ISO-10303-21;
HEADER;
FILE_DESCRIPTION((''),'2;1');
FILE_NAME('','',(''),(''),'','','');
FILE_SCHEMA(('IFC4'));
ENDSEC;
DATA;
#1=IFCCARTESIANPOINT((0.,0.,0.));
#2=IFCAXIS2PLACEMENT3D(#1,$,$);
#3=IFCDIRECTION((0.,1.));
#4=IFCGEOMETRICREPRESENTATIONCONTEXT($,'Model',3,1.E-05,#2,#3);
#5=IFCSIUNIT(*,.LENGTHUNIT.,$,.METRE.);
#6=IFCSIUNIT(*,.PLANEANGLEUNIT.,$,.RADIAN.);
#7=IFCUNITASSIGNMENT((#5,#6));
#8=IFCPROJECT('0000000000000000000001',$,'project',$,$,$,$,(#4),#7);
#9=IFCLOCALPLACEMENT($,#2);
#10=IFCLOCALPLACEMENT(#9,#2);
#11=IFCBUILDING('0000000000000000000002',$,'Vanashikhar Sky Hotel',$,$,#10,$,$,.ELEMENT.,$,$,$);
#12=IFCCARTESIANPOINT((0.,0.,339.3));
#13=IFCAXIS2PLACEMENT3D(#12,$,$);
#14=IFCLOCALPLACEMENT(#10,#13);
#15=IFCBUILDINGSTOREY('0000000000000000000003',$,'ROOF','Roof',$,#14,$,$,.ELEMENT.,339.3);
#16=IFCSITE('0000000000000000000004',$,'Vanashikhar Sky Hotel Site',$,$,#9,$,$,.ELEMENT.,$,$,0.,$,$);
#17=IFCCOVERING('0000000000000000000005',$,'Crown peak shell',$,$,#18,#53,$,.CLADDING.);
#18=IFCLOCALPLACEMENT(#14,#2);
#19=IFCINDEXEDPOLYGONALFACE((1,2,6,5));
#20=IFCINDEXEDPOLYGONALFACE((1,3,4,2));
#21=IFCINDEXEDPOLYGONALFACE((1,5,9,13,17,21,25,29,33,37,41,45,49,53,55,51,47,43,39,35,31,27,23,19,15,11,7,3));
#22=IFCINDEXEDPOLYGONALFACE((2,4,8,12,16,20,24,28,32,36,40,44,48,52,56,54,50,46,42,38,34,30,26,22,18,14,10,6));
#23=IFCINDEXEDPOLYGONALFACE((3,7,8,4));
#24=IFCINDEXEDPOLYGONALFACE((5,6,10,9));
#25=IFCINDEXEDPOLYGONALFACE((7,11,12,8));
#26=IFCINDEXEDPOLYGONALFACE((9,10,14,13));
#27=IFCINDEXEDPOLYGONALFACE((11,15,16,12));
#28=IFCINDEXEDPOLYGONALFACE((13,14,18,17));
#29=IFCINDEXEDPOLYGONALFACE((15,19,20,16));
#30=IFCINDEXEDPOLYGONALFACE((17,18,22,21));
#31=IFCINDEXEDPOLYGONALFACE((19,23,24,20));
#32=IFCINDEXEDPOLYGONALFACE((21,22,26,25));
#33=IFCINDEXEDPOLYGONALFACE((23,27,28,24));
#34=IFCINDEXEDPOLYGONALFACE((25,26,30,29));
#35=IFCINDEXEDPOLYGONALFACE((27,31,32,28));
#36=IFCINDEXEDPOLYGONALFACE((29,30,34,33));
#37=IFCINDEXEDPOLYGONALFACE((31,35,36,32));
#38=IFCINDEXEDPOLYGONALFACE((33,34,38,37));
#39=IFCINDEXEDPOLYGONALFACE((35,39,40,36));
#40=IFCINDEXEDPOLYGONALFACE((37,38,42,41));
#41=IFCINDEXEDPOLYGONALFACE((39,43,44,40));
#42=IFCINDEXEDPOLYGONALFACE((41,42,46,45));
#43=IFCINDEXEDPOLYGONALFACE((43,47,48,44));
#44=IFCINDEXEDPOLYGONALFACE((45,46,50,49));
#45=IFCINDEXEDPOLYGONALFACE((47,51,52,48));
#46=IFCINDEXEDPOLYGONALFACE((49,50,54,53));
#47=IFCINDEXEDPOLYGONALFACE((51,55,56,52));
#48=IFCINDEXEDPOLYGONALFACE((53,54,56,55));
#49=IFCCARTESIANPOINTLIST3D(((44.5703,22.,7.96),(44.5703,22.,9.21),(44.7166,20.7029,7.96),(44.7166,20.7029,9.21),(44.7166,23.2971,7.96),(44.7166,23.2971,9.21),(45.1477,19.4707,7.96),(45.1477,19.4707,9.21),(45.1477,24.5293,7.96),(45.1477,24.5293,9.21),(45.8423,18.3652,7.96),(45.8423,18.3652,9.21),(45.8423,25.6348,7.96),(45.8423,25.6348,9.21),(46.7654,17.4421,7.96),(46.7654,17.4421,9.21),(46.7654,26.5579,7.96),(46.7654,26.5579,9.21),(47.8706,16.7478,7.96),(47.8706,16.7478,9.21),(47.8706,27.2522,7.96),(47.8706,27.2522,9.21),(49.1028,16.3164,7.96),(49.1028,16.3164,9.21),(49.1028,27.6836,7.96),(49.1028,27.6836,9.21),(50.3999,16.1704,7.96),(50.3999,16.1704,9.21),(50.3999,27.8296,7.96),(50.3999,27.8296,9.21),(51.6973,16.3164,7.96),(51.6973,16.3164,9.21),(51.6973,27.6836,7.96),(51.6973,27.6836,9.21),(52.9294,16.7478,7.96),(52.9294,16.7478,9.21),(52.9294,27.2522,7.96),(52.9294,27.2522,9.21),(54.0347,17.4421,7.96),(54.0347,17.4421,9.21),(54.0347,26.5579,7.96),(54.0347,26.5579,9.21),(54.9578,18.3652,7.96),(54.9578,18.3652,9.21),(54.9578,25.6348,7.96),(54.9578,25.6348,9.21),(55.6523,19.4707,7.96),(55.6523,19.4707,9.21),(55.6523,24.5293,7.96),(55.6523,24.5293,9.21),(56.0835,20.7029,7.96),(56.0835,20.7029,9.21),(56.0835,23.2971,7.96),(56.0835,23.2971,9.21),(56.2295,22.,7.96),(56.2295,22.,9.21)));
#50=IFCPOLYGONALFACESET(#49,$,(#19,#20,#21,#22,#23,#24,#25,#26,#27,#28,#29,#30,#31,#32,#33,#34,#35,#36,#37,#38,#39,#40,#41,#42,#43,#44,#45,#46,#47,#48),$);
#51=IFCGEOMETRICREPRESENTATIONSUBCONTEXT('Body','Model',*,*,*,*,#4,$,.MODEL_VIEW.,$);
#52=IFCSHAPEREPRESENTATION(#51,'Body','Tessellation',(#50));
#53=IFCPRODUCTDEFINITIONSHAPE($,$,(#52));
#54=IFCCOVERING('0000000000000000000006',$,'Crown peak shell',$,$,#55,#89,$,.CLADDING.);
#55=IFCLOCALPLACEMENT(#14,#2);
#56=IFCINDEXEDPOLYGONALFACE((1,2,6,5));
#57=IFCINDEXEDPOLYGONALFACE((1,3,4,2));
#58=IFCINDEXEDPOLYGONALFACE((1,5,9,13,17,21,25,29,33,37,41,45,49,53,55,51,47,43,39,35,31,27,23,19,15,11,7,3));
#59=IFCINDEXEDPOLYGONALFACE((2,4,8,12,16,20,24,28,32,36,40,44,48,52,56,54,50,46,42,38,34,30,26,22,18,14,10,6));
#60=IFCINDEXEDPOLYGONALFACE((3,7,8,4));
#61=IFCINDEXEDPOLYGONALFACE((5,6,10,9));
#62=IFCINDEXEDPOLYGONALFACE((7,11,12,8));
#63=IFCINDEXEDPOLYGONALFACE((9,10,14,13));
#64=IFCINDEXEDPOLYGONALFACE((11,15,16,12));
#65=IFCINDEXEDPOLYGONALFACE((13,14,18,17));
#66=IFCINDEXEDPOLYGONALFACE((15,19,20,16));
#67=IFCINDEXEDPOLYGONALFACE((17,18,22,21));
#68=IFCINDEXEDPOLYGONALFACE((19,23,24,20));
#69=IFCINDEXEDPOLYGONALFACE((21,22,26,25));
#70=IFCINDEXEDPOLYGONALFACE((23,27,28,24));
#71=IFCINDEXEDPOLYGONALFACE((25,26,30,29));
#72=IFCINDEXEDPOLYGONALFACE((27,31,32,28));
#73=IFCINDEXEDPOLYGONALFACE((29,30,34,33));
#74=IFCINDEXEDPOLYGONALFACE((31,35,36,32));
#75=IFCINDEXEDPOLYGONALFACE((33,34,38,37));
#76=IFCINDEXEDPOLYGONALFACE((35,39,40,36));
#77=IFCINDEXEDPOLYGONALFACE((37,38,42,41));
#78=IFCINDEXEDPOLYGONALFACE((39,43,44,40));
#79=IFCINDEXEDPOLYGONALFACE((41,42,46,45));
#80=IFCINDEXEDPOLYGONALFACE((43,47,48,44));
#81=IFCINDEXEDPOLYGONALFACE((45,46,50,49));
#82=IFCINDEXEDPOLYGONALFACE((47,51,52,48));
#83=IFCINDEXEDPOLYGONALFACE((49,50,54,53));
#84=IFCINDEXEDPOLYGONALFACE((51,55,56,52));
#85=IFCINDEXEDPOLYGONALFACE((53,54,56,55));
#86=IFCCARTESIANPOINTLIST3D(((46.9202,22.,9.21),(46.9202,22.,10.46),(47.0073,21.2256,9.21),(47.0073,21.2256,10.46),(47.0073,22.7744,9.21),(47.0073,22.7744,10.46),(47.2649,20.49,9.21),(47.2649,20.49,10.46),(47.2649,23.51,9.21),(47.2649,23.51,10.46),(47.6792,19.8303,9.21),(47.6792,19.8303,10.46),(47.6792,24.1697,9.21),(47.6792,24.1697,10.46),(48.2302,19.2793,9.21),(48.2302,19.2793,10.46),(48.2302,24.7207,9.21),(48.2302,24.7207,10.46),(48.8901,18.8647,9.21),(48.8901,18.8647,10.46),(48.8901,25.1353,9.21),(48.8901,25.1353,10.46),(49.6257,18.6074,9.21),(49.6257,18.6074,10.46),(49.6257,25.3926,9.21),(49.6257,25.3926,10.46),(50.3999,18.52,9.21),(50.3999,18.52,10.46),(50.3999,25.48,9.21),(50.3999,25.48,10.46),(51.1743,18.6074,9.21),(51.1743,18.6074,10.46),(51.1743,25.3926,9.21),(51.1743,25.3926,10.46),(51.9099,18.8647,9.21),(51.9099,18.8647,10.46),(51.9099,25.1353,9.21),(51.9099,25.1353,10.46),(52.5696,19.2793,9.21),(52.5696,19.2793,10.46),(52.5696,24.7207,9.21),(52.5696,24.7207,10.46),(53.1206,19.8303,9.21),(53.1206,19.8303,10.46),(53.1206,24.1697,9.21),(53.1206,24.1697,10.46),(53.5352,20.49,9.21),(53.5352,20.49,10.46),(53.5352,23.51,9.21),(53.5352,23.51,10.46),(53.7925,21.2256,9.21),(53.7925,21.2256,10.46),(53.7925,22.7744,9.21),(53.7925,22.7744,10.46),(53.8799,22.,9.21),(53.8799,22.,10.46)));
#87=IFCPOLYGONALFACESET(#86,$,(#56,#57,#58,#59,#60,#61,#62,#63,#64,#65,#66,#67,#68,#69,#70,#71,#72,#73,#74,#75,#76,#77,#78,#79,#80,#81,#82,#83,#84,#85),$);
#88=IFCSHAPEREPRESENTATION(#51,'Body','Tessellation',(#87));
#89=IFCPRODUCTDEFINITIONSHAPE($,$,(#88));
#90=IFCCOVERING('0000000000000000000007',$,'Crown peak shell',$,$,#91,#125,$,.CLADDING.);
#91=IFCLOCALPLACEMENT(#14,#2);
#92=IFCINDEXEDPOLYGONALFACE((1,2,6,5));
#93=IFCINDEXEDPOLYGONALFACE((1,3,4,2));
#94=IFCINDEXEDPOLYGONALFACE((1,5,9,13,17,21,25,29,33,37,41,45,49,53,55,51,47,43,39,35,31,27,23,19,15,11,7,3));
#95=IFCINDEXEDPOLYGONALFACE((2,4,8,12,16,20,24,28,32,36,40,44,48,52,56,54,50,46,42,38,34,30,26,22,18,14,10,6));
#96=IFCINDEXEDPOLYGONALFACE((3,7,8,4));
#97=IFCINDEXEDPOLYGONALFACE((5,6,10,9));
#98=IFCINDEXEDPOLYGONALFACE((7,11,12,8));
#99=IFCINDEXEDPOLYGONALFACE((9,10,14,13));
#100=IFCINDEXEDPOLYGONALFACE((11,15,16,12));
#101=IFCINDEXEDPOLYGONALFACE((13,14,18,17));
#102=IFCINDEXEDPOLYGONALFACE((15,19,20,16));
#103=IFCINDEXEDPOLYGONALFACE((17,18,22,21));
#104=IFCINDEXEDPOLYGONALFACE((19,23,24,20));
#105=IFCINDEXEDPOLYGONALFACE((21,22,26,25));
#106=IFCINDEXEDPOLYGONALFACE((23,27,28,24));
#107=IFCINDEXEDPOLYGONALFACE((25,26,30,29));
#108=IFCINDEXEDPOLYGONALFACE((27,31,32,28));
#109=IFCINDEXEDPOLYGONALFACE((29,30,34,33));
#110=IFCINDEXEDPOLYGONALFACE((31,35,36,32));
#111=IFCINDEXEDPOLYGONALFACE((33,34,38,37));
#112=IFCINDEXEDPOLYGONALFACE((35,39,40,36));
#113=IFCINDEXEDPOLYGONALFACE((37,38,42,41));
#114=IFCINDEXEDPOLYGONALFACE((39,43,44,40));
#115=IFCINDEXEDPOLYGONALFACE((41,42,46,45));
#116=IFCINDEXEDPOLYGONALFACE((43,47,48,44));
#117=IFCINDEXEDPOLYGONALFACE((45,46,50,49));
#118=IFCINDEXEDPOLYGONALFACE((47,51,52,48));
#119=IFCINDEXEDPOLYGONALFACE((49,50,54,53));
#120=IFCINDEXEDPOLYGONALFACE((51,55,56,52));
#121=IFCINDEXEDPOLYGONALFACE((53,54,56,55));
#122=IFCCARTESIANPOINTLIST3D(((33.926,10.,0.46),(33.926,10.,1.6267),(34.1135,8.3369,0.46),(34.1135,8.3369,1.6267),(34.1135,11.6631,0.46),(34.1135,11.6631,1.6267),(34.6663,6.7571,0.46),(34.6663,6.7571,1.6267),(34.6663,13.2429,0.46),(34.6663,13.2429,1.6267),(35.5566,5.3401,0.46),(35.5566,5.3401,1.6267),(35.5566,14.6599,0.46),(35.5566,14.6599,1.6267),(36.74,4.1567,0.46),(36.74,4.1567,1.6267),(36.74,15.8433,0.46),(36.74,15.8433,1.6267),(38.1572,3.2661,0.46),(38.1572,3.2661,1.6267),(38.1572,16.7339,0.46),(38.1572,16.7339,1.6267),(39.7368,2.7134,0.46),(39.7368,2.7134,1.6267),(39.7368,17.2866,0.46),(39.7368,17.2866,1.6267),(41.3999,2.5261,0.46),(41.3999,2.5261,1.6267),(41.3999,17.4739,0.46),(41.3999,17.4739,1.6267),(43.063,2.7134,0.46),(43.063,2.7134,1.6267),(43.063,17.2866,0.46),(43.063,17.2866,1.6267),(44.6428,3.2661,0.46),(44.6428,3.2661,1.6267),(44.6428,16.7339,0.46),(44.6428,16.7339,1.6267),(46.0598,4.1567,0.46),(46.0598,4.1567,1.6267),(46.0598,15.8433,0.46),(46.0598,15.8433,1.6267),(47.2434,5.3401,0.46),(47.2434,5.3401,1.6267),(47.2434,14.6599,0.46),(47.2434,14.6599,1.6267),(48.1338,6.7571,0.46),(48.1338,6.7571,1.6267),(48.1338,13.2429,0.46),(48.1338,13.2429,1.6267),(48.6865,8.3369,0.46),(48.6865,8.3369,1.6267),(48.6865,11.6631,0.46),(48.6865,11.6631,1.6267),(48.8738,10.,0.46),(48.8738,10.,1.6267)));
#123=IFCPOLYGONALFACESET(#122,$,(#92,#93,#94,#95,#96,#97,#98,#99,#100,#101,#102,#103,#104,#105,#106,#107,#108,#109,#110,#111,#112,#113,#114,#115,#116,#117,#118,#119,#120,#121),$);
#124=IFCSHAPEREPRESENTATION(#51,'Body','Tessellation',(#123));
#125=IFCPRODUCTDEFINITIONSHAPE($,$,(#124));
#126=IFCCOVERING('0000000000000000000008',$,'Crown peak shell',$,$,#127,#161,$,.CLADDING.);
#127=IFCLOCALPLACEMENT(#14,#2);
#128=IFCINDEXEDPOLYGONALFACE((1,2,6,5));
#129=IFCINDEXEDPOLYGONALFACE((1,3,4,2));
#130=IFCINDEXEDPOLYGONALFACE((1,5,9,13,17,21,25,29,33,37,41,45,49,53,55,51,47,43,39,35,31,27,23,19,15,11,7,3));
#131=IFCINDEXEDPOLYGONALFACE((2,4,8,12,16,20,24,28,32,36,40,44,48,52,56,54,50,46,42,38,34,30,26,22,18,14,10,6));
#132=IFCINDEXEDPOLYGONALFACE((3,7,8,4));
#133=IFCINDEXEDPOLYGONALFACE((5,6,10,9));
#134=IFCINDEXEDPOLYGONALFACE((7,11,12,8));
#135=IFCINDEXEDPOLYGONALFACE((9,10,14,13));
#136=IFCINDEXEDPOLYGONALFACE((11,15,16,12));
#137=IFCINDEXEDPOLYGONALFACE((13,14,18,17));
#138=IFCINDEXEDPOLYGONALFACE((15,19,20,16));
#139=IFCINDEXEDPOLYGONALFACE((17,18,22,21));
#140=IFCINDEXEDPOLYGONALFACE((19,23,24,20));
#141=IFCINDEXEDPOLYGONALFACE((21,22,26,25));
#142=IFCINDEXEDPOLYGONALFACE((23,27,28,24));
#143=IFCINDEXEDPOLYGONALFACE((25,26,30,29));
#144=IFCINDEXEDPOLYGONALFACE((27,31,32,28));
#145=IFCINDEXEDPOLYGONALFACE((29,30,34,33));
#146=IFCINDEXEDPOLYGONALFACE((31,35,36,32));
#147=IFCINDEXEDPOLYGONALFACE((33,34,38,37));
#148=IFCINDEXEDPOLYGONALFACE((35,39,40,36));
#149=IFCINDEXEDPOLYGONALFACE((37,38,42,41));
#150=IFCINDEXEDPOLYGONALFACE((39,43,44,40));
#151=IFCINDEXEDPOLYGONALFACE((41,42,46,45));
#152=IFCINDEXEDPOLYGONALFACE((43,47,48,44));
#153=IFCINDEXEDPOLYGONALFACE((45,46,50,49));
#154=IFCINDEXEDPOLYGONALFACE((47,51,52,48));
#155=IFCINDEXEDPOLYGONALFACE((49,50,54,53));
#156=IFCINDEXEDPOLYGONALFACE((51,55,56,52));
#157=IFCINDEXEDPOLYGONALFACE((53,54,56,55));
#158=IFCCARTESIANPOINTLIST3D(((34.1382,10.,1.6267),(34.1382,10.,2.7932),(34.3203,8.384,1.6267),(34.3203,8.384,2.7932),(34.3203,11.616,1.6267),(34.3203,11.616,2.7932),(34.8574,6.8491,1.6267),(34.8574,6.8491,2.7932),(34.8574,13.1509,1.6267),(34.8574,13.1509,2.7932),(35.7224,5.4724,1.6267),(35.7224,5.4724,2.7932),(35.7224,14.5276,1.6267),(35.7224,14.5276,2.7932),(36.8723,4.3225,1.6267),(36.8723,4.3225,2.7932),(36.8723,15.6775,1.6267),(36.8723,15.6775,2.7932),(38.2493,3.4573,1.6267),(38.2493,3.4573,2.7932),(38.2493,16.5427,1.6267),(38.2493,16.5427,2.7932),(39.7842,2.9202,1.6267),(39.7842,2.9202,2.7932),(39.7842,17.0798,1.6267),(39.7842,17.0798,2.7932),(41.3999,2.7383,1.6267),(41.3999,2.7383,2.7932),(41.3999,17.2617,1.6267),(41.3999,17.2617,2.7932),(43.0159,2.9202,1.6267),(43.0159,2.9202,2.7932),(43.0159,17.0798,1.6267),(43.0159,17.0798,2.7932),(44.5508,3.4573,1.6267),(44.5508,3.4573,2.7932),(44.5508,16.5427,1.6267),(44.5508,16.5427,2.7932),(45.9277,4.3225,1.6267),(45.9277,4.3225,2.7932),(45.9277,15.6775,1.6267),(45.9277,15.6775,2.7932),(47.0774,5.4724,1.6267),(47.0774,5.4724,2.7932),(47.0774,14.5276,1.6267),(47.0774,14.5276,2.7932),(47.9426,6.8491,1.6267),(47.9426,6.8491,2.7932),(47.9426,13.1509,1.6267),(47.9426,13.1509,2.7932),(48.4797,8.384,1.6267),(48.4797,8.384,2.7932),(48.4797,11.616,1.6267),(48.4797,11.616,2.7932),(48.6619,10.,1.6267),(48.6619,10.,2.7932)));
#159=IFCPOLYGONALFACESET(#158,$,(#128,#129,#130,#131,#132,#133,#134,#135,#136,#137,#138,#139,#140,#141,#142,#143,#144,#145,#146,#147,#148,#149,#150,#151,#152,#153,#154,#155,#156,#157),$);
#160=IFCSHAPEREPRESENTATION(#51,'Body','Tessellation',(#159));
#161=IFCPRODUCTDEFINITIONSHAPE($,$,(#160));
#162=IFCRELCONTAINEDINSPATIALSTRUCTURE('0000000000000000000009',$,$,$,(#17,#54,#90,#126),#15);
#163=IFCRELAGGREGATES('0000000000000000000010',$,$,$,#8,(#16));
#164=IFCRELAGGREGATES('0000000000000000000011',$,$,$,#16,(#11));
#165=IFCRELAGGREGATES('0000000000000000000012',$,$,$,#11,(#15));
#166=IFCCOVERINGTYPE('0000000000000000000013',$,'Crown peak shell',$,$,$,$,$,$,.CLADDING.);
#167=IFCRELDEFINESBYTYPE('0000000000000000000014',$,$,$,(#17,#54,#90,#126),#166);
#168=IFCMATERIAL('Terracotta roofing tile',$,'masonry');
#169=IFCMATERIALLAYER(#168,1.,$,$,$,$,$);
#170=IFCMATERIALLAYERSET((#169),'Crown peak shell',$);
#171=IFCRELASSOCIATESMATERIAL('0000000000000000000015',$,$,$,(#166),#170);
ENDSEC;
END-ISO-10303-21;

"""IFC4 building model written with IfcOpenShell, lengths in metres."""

from ifc_helpers import new_model, si_unit, direction, frame, origin, place, context, subcontext, project, spatial, polyline, outline, extrude, source, transform, mapped, material, layer, layer_set, type_object, element, save


model = new_model("IFC4")

# Units and contexts
model_context = context("Model", 3, precision=1e-05, world=origin(), true_north=direction((0.0, 1.0)))
body_context = subcontext(model_context, "Body", "Model", "MODEL_VIEW")
ifc_project = project(units=[si_unit("LENGTHUNIT", "METRE"), si_unit("PLANEANGLEUNIT", "RADIAN")], contexts=[model_context])

# Site, building, storey
site_placement = place(None, origin())
site = spatial("IfcSite", under=ifc_project, at=site_placement, Name="Vanashikhar Sky Hotel Site", CompositionType="ELEMENT", RefElevation=0.0)
building_placement = place(site_placement, origin())
building = spatial("IfcBuilding", under=site, at=building_placement, Name="Vanashikhar Sky Hotel", CompositionType="ELEMENT")
storey_placement = place(building_placement, frame((0.0, 0.0, 339.3)))
storey = spatial("IfcBuildingStorey", under=building, at=storey_placement, Name="ROOF", Description="Roof", CompositionType="ELEMENT", Elevation=339.3)

# Coverings
ifc_material_1 = material(Name="Terracotta roofing tile", Category="masonry")
ifc_layer_1 = layer(ifc_material_1, 1.0)
ifc_layer_set_1 = layer_set([ifc_layer_1], Name="Crown peak shell")
covering_type_1 = type_object("IfcCoveringType", Name="Crown peak shell", PredefinedType="CLADDING", material=ifc_layer_set_1)
shared_shape_1 = source(origin(), body_context, "Body", "SweptSolid", [
    extrude(outline(polyline([(56.2295, 22.0), (56.0835, 23.2971), (55.6523, 24.5293), (54.9578, 25.6348), (54.0347, 26.5579), (52.9294, 27.2522), (51.6973, 27.6836), (50.3999, 27.8296), (49.1028, 27.6836), (47.8706, 27.2522), (46.7654, 26.5579), (45.8423, 25.6348), (45.1477, 24.5293), (44.7166, 23.2971), (44.5703, 22.0), (44.7166, 20.7029), (45.1477, 19.4707), (45.8423, 18.3652), (46.7654, 17.4421), (47.8706, 16.7478), (49.1028, 16.3164), (50.3999, 16.1704), (51.6973, 16.3164), (52.9294, 16.7478), (54.0347, 17.4421), (54.9578, 18.3652), (55.6523, 19.4707), (56.0835, 20.7029), (56.2295, 22.0)])), origin(), (0.0, 0.0, 1.0), 1.25),
])
covering_1_placement = place(storey_placement, frame((0.0, 0.0, 7.96)))
element("IfcCovering", 1, at=covering_1_placement, inside=storey, type_object=covering_type_1, Name="Crown peak shell", PredefinedType="CLADDING", context=body_context, shape_type="MappedRepresentation", body=[
    mapped(shared_shape_1, transform((0.0, 0.0, 0.0), scale=1.0)),
])
shared_shape_2 = source(origin(), body_context, "Body", "SweptSolid", [
    extrude(outline(polyline([(53.8799, 22.0), (53.7925, 22.7744), (53.5352, 23.51), (53.1206, 24.1697), (52.5696, 24.7207), (51.9099, 25.1353), (51.1743, 25.3926), (50.3999, 25.48), (49.6257, 25.3926), (48.8901, 25.1353), (48.2302, 24.7207), (47.6792, 24.1697), (47.2649, 23.51), (47.0073, 22.7744), (46.9202, 22.0), (47.0073, 21.2256), (47.2649, 20.49), (47.6792, 19.8303), (48.2302, 19.2793), (48.8901, 18.8647), (49.6257, 18.6074), (50.3999, 18.52), (51.1743, 18.6074), (51.9099, 18.8647), (52.5696, 19.2793), (53.1206, 19.8303), (53.5352, 20.49), (53.7925, 21.2256), (53.8799, 22.0)])), origin(), (0.0, 0.0, 1.0), 1.25),
])
covering_2_placement = place(storey_placement, frame((0.0, 0.0, 9.21)))
element("IfcCovering", 2, at=covering_2_placement, inside=storey, type_object=covering_type_1, Name="Crown peak shell", PredefinedType="CLADDING", context=body_context, shape_type="MappedRepresentation", body=[
    mapped(shared_shape_2, transform((0.0, 0.0, 0.0), scale=1.0)),
])
shared_shape_3 = source(origin(), body_context, "Body", "SweptSolid", [
    extrude(outline(polyline([(48.8738, 10.0), (48.6865, 11.6631), (48.1338, 13.2429), (47.2434, 14.6599), (46.0598, 15.8433), (44.6428, 16.7339), (43.063, 17.2866), (41.3999, 17.4739), (39.7368, 17.2866), (38.1572, 16.7339), (36.74, 15.8433), (35.5566, 14.6599), (34.6663, 13.2429), (34.1135, 11.6631), (33.926, 10.0), (34.1135, 8.3369), (34.6663, 6.7571), (35.5566, 5.3401), (36.74, 4.1567), (38.1572, 3.2661), (39.7368, 2.7134), (41.3999, 2.5261), (43.063, 2.7134), (44.6428, 3.2661), (46.0598, 4.1567), (47.2434, 5.3401), (48.1338, 6.7571), (48.6865, 8.3369), (48.8738, 10.0)])), origin(), (0.0, 0.0, 1.0), 1.1667),
])
covering_3_placement = place(storey_placement, frame((0.0, 0.0, 0.46)))
element("IfcCovering", 3, at=covering_3_placement, inside=storey, type_object=covering_type_1, Name="Crown peak shell", PredefinedType="CLADDING", context=body_context, shape_type="MappedRepresentation", body=[
    mapped(shared_shape_3, transform((0.0, 0.0, 0.0), scale=1.0)),
])
shared_shape_4 = source(origin(), body_context, "Body", "SweptSolid", [
    extrude(outline(polyline([(48.6619, 10.0), (48.4797, 11.616), (47.9426, 13.1509), (47.0774, 14.5276), (45.9277, 15.6775), (44.5508, 16.5427), (43.0159, 17.0798), (41.3999, 17.2617), (39.7842, 17.0798), (38.2493, 16.5427), (36.8723, 15.6775), (35.7224, 14.5276), (34.8574, 13.1509), (34.3203, 11.616), (34.1382, 10.0), (34.3203, 8.384), (34.8574, 6.8491), (35.7224, 5.4724), (36.8723, 4.3225), (38.2493, 3.4573), (39.7842, 2.9202), (41.3999, 2.7383), (43.0159, 2.9202), (44.5508, 3.4573), (45.9277, 4.3225), (47.0774, 5.4724), (47.9426, 6.8491), (48.4797, 8.384), (48.6619, 10.0)])), origin(), (0.0, 0.0, 1.0), 1.1665),
])
covering_4_placement = place(storey_placement, frame((0.0, 0.0, 1.6267)))
element("IfcCovering", 4, at=covering_4_placement, inside=storey, type_object=covering_type_1, Name="Crown peak shell", PredefinedType="CLADDING", context=body_context, shape_type="MappedRepresentation", body=[
    mapped(shared_shape_4, transform((0.0, 0.0, 0.0), scale=1.0)),
])

save(model, "model.ifc")
